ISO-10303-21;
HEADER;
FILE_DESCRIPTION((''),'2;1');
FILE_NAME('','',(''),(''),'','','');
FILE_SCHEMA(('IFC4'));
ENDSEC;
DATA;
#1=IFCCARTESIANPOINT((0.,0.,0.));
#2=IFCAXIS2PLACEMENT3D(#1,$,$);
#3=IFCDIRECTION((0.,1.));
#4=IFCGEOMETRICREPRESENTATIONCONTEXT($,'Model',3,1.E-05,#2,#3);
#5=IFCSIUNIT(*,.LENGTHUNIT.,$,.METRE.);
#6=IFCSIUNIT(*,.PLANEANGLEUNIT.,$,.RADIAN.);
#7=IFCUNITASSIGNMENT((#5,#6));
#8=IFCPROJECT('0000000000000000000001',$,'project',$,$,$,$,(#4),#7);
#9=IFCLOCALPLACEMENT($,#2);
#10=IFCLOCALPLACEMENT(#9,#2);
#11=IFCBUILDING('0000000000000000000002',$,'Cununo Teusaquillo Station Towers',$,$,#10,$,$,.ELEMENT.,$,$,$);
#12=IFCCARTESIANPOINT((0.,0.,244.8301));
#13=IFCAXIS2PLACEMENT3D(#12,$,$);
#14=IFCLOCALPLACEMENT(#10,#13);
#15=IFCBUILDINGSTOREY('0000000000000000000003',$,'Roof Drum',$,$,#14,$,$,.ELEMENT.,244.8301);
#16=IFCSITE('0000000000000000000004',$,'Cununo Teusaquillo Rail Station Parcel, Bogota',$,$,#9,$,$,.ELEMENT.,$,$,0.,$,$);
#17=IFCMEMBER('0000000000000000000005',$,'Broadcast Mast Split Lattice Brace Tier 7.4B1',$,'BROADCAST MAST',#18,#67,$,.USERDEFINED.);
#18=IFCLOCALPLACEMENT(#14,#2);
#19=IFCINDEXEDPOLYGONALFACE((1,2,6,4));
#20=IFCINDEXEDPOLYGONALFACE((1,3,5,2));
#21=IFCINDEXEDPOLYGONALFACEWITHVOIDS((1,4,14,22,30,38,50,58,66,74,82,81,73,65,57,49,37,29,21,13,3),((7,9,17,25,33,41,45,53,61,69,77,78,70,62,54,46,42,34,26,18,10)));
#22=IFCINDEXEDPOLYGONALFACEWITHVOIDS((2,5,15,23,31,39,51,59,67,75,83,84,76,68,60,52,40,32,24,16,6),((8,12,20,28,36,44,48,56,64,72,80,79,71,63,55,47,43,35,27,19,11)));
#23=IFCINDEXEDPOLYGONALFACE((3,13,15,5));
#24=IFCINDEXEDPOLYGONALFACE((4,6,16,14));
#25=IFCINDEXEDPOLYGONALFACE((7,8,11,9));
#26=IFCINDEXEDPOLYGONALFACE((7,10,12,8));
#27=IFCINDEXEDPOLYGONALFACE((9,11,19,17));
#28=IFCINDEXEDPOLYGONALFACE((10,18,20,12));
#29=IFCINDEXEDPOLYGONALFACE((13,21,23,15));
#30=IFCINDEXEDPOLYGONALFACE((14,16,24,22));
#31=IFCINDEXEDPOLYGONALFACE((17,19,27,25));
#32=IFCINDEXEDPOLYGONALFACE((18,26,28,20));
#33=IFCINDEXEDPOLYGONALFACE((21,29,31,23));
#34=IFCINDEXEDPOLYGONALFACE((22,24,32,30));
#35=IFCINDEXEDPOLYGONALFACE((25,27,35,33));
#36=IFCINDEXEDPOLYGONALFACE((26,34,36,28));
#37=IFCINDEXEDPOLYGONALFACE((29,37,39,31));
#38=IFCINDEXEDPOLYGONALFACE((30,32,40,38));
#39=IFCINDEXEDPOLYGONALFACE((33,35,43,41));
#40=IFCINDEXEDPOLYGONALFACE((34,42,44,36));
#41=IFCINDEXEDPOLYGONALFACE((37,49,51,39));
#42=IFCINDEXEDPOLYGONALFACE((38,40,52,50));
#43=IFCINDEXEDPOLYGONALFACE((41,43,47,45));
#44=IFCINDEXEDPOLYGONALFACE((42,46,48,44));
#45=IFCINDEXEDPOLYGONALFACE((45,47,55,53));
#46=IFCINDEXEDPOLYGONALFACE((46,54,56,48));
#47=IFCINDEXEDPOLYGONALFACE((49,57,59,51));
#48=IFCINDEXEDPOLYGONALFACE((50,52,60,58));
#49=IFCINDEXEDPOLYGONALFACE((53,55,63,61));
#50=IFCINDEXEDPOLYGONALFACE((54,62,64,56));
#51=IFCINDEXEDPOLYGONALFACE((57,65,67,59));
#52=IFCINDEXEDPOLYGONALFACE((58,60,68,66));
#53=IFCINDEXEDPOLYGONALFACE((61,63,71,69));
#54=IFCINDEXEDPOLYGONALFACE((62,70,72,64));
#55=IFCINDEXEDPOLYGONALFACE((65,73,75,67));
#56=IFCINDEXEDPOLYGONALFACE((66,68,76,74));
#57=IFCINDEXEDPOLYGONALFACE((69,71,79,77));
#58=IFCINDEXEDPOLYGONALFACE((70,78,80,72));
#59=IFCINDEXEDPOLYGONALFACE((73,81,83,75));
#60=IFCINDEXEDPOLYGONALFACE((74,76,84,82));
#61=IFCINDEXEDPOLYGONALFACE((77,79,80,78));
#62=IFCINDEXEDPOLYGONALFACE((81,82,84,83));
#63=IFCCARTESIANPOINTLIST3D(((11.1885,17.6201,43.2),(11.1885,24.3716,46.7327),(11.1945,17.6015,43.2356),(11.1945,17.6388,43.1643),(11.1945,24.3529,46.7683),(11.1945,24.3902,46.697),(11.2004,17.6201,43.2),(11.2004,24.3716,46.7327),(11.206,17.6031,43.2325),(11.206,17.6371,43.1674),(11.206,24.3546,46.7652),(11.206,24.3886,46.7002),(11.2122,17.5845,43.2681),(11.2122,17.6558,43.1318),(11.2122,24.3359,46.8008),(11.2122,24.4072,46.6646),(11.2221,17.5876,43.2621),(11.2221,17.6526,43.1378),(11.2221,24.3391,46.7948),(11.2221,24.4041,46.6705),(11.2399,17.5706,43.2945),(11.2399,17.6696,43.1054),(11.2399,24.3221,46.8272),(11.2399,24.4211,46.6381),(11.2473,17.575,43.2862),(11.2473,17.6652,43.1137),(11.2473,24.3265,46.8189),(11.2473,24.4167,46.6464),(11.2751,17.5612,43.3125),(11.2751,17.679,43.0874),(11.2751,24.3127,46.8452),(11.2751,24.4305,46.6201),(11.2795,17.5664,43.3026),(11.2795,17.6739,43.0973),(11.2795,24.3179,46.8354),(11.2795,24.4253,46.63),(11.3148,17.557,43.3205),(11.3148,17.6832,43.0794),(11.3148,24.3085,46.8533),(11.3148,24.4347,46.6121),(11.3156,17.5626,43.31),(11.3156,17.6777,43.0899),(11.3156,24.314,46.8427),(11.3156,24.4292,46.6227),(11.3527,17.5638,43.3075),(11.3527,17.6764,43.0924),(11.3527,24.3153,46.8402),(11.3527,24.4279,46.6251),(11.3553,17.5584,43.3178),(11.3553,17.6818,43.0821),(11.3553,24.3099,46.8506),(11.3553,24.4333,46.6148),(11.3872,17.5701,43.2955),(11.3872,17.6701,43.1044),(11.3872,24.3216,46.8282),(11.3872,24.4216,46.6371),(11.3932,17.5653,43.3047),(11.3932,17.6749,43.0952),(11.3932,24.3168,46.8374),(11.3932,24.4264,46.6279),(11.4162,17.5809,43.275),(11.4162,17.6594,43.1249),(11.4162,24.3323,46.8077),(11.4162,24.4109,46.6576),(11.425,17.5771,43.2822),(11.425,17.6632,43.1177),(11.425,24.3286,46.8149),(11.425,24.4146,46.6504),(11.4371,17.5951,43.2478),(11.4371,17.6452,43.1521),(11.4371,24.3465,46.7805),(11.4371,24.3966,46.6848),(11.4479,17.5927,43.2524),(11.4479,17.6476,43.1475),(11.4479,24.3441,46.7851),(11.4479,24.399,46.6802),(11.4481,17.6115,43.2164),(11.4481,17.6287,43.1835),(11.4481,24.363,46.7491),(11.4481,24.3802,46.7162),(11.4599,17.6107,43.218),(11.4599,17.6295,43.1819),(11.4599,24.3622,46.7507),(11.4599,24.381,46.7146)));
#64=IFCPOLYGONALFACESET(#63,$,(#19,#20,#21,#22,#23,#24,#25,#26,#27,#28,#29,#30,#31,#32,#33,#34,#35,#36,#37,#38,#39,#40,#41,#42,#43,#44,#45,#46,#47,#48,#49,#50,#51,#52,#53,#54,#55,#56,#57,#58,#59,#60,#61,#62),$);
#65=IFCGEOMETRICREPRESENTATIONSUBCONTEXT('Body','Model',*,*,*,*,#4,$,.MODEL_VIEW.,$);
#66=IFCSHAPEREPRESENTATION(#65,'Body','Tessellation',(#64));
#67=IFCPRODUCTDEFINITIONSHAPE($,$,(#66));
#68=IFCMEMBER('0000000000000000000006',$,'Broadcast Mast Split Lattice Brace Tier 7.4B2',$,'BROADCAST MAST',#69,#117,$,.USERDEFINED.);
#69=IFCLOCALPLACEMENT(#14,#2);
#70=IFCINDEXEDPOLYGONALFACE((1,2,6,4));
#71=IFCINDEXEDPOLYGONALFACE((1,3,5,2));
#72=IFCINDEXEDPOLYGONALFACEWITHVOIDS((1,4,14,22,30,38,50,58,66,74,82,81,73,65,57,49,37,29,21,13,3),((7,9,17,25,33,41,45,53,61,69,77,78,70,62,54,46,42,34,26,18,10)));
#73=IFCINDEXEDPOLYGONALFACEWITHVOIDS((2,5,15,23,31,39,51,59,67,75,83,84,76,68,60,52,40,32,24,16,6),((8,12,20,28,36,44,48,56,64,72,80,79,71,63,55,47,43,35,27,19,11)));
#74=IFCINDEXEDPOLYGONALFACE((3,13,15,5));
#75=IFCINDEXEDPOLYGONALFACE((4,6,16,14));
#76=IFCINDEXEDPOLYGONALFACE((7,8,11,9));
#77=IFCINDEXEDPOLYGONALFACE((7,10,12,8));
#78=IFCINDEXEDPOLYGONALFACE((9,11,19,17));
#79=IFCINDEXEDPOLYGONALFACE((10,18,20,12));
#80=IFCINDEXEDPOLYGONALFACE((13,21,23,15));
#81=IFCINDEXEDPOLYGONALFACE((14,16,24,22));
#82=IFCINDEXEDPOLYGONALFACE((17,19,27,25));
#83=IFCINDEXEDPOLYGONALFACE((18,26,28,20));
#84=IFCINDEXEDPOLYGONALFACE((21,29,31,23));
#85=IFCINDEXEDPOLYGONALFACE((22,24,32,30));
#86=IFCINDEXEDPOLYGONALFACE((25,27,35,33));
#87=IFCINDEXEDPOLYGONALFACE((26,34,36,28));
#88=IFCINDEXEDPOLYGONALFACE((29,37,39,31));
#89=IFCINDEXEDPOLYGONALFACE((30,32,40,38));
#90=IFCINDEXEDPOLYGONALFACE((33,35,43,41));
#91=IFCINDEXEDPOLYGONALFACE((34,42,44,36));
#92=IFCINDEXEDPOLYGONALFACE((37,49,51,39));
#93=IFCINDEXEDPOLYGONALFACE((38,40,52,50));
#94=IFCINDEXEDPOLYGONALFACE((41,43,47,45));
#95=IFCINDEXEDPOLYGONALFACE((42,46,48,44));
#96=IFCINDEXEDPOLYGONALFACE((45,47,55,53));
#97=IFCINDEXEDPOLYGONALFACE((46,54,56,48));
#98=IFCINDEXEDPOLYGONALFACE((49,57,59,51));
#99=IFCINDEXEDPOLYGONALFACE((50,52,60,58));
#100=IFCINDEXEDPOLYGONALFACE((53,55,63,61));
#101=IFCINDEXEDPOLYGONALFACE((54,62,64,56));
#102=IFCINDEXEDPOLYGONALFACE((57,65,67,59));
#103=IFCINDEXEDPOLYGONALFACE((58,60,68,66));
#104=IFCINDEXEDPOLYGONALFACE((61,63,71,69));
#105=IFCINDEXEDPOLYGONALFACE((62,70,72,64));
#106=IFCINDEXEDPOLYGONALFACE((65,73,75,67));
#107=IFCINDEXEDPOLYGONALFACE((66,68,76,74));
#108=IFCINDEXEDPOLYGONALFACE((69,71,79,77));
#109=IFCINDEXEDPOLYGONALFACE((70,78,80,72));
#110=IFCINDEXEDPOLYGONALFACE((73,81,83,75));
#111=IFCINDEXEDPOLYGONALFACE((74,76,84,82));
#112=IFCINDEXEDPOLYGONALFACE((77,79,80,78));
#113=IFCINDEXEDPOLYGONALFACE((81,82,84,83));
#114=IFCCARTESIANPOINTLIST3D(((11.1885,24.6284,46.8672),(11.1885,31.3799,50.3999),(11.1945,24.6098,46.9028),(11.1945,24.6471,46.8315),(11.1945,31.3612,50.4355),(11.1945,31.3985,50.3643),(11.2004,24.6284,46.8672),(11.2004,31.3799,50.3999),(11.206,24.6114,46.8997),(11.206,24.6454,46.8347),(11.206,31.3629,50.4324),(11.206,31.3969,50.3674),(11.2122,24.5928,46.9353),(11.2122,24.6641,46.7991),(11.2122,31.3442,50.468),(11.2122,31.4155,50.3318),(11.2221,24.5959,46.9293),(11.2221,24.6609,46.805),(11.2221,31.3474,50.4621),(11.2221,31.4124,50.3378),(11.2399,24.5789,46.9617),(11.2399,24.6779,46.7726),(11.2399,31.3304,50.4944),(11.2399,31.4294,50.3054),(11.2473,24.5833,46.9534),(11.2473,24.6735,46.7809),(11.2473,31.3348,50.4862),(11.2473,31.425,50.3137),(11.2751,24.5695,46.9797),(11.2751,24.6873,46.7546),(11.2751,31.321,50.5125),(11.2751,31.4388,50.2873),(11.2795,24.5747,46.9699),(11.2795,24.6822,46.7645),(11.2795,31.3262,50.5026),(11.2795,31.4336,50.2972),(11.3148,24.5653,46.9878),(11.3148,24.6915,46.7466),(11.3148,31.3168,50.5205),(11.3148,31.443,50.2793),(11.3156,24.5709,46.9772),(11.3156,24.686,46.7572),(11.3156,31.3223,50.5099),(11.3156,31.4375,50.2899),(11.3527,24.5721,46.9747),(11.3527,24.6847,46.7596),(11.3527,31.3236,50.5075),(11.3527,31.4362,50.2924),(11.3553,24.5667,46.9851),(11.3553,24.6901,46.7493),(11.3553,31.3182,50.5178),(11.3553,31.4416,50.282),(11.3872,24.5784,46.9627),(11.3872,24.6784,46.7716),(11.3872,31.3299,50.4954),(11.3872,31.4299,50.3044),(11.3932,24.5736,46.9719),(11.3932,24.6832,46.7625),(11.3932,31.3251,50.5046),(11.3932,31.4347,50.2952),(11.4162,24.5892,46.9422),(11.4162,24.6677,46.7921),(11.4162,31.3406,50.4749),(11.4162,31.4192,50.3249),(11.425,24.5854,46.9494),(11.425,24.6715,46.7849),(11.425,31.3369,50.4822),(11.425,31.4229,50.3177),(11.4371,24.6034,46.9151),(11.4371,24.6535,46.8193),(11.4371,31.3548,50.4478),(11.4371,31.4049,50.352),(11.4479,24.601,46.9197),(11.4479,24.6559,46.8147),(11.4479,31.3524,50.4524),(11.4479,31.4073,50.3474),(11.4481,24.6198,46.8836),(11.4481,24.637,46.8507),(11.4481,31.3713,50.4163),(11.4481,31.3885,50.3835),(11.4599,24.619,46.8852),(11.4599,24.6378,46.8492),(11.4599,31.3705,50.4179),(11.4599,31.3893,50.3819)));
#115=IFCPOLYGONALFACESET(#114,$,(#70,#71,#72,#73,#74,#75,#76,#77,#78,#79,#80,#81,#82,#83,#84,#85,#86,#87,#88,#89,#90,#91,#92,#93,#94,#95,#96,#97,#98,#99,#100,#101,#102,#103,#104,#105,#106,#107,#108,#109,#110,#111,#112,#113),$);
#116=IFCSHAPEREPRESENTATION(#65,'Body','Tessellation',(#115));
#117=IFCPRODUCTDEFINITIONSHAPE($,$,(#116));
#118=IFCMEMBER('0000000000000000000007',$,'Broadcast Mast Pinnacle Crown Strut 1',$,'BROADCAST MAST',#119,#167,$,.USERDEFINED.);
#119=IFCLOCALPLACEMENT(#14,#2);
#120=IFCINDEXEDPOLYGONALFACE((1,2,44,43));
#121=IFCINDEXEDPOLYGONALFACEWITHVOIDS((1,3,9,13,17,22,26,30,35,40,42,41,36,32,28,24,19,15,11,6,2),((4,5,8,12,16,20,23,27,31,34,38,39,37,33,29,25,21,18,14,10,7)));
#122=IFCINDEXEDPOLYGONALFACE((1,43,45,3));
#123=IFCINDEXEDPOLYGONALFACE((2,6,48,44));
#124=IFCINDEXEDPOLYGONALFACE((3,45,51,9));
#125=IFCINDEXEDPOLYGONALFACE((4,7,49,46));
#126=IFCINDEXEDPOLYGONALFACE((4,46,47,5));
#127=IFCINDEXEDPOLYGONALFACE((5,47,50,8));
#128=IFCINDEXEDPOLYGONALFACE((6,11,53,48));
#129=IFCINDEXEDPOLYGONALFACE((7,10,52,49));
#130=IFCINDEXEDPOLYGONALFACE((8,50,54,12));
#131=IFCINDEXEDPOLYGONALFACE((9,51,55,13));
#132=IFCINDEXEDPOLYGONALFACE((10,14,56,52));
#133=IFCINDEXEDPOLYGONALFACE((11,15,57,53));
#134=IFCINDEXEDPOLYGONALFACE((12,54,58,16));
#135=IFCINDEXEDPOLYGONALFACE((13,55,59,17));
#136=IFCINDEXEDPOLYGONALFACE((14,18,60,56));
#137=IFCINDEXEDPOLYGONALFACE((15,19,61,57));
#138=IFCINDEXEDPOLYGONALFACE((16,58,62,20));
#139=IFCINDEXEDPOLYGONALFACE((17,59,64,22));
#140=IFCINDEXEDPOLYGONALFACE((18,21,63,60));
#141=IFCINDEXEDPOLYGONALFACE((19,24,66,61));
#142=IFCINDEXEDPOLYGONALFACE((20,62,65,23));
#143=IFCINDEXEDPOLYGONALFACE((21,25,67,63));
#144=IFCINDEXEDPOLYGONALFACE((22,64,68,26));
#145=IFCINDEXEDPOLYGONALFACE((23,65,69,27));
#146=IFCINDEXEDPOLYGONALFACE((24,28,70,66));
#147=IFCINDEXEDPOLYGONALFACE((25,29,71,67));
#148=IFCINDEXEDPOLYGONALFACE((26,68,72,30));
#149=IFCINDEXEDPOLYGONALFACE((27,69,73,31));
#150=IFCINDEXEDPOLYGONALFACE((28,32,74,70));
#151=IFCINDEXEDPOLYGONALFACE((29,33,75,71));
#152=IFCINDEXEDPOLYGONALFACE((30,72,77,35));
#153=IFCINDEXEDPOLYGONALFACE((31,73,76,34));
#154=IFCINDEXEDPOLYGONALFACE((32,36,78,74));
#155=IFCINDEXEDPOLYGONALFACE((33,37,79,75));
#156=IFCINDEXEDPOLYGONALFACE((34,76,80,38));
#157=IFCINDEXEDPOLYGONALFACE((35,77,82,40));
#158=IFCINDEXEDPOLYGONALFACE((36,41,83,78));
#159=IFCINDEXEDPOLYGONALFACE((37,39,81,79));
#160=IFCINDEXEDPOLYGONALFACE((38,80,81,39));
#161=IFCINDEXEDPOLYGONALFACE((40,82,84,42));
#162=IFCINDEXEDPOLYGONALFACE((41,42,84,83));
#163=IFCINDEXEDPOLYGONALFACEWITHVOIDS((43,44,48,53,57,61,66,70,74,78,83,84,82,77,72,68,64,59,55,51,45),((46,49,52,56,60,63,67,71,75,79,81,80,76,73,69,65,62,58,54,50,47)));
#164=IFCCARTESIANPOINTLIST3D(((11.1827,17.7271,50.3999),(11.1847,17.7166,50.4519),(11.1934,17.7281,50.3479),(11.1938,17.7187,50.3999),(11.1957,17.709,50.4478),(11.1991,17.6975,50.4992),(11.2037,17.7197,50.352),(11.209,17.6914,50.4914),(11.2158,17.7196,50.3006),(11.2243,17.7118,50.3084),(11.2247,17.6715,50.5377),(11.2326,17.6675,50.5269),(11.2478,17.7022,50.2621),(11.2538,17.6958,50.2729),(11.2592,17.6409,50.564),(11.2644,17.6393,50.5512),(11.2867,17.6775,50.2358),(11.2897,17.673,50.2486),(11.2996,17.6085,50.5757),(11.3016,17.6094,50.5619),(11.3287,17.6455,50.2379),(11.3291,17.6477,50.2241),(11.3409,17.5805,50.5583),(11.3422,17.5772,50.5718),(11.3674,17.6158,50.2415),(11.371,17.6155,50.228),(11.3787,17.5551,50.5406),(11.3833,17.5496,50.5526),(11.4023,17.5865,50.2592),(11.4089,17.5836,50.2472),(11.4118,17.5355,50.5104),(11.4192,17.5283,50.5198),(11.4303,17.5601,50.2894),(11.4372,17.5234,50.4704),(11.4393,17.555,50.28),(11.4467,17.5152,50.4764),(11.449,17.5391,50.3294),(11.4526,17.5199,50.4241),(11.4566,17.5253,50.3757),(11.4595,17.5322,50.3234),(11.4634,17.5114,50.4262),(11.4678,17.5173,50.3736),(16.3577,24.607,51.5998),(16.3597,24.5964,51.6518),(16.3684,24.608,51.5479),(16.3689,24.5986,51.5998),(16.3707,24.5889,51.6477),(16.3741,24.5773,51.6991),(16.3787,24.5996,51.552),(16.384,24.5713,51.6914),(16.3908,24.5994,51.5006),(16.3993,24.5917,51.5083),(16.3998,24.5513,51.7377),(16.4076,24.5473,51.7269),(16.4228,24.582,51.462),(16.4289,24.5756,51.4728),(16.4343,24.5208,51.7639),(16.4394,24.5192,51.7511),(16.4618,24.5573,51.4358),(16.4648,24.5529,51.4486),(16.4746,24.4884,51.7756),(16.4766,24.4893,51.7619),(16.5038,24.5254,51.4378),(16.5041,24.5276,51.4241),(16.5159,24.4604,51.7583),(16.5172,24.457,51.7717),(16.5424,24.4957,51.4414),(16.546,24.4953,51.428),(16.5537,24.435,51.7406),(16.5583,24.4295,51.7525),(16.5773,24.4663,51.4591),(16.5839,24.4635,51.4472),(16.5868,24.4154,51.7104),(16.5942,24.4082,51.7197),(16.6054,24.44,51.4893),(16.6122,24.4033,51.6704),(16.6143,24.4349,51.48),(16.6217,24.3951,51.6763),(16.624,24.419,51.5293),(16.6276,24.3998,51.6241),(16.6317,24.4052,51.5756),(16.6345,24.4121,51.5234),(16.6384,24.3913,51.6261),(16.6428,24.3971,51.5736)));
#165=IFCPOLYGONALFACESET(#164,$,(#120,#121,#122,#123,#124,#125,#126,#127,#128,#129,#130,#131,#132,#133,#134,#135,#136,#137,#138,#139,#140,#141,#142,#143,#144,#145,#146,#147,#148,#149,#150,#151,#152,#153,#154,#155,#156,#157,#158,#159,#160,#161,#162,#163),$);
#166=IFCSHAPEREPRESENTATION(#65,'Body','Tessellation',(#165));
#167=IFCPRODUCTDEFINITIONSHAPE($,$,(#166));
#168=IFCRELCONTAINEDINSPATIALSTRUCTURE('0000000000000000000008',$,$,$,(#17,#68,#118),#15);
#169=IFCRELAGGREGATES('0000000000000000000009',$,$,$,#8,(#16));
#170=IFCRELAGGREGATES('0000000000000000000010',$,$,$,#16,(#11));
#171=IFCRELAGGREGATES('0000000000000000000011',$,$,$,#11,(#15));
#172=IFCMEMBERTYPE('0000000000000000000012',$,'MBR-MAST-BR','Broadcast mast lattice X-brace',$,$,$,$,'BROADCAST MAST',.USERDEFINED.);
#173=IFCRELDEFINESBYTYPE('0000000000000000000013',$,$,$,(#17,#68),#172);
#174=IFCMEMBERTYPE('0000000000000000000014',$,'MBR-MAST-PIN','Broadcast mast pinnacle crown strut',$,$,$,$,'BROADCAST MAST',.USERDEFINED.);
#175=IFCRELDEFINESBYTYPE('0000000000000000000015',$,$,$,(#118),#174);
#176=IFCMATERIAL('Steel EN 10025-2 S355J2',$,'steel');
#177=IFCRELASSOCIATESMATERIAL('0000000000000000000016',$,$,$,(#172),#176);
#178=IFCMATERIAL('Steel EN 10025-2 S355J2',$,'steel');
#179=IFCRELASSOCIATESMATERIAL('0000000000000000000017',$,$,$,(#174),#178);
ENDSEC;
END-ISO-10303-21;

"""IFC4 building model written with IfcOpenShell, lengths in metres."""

from ifc_helpers import new_model, si_unit, direction, frame, origin, origin_2d, place, context, subcontext, project, spatial, hollow_circle, extrude, material, material_profile, profile_set, type_object, element, save


model = new_model("IFC4")

# Units and contexts
model_context = context("Model", 3, precision=1e-05, world=origin(), true_north=direction((0.0, 1.0)))
body_context = subcontext(model_context, "Body", "Model", "MODEL_VIEW")
ifc_project = project(units=[si_unit("LENGTHUNIT", "METRE"), si_unit("PLANEANGLEUNIT", "RADIAN")], contexts=[model_context])

# Site, building, storey
site_placement = place(None, origin())
site = spatial("IfcSite", under=ifc_project, at=site_placement, Name="Cununo Teusaquillo Rail Station Parcel, Bogota", CompositionType="ELEMENT", RefElevation=0.0)
building_placement = place(site_placement, origin())
building = spatial("IfcBuilding", under=site, at=building_placement, Name="Cununo Teusaquillo Station Towers", CompositionType="ELEMENT")
storey_placement = place(building_placement, frame((0.0, 0.0, 244.8301)))
storey = spatial("IfcBuildingStorey", under=building, at=storey_placement, Name="Roof Drum", CompositionType="ELEMENT", Elevation=244.8301)

# Members
ifc_material_1 = material(Name="Steel EN 10025-2 S355J2", Category="steel")
ifc_material_profile_1 = material_profile(ifc_material_1, hollow_circle(Radius=0.1365, WallThickness=0.012, at=origin_2d()), Name="CHS 273x12")
ifc_profile_set_1 = profile_set([ifc_material_profile_1], Name="Steel EN 10025-2 S355J2")
member_type_1 = type_object("IfcMemberType", Name="MBR-MAST-BR", Description="Broadcast mast lattice X-brace", ElementType="BROADCAST MAST", PredefinedType="USERDEFINED", material=ifc_profile_set_1)
for number, where, z_axis, x_axis, name in (
    (1, (11.325, 17.6201, 43.2), (0.0, 0.886035, 0.463619), (-1.0, 0.0, 0.0), "Broadcast Mast Split Lattice Brace Tier 7.4B1"),
    (2, (11.325, 24.6284, 46.8672), (0.0, 0.886035, 0.463619), (-1.0, 0.0, 0.0), "Broadcast Mast Split Lattice Brace Tier 7.4B2"),
):
    element("IfcMember", number, at=place(storey_placement, frame(where, z_axis=z_axis, x_axis=x_axis)), inside=storey, type_object=member_type_1, Name=name, ObjectType="BROADCAST MAST", PredefinedType="USERDEFINED", context=body_context, shape_type="SweptSolid", body=[
        extrude(hollow_circle(Radius=0.1365, WallThickness=0.012, at=origin_2d()), origin(), (0.0, 0.0, 1.0), 7.6199),
    ])
ifc_material_2 = material(Name="Steel EN 10025-2 S355J2", Category="steel")
ifc_material_profile_2 = material_profile(ifc_material_2, hollow_circle(Radius=0.178, WallThickness=0.0139, at=origin_2d()), Name="CHS 356x14")
ifc_profile_set_2 = profile_set([ifc_material_profile_2], Name="Steel EN 10025-2 S355J2")
member_type_2 = type_object("IfcMemberType", Name="MBR-MAST-PIN", Description="Broadcast mast pinnacle crown strut", ElementType="BROADCAST MAST", PredefinedType="USERDEFINED", material=ifc_profile_set_2)
for number, where, z_axis, x_axis, name in (
    (3, (11.325, 17.6201, 50.3999), (0.595369, 0.791504, 0.13805), (-0.799155, 0.601125, 0.0), "Broadcast Mast Pinnacle Crown Strut 1"),
):
    element("IfcMember", number, at=place(storey_placement, frame(where, z_axis=z_axis, x_axis=x_axis)), inside=storey, type_object=member_type_2, Name=name, ObjectType="BROADCAST MAST", PredefinedType="USERDEFINED", context=body_context, shape_type="SweptSolid", body=[
        extrude(hollow_circle(Radius=0.178, WallThickness=0.0139, at=origin_2d()), origin(), (0.0, 0.0, 1.0), 8.6921),
    ])

save(model, "model.ifc")
